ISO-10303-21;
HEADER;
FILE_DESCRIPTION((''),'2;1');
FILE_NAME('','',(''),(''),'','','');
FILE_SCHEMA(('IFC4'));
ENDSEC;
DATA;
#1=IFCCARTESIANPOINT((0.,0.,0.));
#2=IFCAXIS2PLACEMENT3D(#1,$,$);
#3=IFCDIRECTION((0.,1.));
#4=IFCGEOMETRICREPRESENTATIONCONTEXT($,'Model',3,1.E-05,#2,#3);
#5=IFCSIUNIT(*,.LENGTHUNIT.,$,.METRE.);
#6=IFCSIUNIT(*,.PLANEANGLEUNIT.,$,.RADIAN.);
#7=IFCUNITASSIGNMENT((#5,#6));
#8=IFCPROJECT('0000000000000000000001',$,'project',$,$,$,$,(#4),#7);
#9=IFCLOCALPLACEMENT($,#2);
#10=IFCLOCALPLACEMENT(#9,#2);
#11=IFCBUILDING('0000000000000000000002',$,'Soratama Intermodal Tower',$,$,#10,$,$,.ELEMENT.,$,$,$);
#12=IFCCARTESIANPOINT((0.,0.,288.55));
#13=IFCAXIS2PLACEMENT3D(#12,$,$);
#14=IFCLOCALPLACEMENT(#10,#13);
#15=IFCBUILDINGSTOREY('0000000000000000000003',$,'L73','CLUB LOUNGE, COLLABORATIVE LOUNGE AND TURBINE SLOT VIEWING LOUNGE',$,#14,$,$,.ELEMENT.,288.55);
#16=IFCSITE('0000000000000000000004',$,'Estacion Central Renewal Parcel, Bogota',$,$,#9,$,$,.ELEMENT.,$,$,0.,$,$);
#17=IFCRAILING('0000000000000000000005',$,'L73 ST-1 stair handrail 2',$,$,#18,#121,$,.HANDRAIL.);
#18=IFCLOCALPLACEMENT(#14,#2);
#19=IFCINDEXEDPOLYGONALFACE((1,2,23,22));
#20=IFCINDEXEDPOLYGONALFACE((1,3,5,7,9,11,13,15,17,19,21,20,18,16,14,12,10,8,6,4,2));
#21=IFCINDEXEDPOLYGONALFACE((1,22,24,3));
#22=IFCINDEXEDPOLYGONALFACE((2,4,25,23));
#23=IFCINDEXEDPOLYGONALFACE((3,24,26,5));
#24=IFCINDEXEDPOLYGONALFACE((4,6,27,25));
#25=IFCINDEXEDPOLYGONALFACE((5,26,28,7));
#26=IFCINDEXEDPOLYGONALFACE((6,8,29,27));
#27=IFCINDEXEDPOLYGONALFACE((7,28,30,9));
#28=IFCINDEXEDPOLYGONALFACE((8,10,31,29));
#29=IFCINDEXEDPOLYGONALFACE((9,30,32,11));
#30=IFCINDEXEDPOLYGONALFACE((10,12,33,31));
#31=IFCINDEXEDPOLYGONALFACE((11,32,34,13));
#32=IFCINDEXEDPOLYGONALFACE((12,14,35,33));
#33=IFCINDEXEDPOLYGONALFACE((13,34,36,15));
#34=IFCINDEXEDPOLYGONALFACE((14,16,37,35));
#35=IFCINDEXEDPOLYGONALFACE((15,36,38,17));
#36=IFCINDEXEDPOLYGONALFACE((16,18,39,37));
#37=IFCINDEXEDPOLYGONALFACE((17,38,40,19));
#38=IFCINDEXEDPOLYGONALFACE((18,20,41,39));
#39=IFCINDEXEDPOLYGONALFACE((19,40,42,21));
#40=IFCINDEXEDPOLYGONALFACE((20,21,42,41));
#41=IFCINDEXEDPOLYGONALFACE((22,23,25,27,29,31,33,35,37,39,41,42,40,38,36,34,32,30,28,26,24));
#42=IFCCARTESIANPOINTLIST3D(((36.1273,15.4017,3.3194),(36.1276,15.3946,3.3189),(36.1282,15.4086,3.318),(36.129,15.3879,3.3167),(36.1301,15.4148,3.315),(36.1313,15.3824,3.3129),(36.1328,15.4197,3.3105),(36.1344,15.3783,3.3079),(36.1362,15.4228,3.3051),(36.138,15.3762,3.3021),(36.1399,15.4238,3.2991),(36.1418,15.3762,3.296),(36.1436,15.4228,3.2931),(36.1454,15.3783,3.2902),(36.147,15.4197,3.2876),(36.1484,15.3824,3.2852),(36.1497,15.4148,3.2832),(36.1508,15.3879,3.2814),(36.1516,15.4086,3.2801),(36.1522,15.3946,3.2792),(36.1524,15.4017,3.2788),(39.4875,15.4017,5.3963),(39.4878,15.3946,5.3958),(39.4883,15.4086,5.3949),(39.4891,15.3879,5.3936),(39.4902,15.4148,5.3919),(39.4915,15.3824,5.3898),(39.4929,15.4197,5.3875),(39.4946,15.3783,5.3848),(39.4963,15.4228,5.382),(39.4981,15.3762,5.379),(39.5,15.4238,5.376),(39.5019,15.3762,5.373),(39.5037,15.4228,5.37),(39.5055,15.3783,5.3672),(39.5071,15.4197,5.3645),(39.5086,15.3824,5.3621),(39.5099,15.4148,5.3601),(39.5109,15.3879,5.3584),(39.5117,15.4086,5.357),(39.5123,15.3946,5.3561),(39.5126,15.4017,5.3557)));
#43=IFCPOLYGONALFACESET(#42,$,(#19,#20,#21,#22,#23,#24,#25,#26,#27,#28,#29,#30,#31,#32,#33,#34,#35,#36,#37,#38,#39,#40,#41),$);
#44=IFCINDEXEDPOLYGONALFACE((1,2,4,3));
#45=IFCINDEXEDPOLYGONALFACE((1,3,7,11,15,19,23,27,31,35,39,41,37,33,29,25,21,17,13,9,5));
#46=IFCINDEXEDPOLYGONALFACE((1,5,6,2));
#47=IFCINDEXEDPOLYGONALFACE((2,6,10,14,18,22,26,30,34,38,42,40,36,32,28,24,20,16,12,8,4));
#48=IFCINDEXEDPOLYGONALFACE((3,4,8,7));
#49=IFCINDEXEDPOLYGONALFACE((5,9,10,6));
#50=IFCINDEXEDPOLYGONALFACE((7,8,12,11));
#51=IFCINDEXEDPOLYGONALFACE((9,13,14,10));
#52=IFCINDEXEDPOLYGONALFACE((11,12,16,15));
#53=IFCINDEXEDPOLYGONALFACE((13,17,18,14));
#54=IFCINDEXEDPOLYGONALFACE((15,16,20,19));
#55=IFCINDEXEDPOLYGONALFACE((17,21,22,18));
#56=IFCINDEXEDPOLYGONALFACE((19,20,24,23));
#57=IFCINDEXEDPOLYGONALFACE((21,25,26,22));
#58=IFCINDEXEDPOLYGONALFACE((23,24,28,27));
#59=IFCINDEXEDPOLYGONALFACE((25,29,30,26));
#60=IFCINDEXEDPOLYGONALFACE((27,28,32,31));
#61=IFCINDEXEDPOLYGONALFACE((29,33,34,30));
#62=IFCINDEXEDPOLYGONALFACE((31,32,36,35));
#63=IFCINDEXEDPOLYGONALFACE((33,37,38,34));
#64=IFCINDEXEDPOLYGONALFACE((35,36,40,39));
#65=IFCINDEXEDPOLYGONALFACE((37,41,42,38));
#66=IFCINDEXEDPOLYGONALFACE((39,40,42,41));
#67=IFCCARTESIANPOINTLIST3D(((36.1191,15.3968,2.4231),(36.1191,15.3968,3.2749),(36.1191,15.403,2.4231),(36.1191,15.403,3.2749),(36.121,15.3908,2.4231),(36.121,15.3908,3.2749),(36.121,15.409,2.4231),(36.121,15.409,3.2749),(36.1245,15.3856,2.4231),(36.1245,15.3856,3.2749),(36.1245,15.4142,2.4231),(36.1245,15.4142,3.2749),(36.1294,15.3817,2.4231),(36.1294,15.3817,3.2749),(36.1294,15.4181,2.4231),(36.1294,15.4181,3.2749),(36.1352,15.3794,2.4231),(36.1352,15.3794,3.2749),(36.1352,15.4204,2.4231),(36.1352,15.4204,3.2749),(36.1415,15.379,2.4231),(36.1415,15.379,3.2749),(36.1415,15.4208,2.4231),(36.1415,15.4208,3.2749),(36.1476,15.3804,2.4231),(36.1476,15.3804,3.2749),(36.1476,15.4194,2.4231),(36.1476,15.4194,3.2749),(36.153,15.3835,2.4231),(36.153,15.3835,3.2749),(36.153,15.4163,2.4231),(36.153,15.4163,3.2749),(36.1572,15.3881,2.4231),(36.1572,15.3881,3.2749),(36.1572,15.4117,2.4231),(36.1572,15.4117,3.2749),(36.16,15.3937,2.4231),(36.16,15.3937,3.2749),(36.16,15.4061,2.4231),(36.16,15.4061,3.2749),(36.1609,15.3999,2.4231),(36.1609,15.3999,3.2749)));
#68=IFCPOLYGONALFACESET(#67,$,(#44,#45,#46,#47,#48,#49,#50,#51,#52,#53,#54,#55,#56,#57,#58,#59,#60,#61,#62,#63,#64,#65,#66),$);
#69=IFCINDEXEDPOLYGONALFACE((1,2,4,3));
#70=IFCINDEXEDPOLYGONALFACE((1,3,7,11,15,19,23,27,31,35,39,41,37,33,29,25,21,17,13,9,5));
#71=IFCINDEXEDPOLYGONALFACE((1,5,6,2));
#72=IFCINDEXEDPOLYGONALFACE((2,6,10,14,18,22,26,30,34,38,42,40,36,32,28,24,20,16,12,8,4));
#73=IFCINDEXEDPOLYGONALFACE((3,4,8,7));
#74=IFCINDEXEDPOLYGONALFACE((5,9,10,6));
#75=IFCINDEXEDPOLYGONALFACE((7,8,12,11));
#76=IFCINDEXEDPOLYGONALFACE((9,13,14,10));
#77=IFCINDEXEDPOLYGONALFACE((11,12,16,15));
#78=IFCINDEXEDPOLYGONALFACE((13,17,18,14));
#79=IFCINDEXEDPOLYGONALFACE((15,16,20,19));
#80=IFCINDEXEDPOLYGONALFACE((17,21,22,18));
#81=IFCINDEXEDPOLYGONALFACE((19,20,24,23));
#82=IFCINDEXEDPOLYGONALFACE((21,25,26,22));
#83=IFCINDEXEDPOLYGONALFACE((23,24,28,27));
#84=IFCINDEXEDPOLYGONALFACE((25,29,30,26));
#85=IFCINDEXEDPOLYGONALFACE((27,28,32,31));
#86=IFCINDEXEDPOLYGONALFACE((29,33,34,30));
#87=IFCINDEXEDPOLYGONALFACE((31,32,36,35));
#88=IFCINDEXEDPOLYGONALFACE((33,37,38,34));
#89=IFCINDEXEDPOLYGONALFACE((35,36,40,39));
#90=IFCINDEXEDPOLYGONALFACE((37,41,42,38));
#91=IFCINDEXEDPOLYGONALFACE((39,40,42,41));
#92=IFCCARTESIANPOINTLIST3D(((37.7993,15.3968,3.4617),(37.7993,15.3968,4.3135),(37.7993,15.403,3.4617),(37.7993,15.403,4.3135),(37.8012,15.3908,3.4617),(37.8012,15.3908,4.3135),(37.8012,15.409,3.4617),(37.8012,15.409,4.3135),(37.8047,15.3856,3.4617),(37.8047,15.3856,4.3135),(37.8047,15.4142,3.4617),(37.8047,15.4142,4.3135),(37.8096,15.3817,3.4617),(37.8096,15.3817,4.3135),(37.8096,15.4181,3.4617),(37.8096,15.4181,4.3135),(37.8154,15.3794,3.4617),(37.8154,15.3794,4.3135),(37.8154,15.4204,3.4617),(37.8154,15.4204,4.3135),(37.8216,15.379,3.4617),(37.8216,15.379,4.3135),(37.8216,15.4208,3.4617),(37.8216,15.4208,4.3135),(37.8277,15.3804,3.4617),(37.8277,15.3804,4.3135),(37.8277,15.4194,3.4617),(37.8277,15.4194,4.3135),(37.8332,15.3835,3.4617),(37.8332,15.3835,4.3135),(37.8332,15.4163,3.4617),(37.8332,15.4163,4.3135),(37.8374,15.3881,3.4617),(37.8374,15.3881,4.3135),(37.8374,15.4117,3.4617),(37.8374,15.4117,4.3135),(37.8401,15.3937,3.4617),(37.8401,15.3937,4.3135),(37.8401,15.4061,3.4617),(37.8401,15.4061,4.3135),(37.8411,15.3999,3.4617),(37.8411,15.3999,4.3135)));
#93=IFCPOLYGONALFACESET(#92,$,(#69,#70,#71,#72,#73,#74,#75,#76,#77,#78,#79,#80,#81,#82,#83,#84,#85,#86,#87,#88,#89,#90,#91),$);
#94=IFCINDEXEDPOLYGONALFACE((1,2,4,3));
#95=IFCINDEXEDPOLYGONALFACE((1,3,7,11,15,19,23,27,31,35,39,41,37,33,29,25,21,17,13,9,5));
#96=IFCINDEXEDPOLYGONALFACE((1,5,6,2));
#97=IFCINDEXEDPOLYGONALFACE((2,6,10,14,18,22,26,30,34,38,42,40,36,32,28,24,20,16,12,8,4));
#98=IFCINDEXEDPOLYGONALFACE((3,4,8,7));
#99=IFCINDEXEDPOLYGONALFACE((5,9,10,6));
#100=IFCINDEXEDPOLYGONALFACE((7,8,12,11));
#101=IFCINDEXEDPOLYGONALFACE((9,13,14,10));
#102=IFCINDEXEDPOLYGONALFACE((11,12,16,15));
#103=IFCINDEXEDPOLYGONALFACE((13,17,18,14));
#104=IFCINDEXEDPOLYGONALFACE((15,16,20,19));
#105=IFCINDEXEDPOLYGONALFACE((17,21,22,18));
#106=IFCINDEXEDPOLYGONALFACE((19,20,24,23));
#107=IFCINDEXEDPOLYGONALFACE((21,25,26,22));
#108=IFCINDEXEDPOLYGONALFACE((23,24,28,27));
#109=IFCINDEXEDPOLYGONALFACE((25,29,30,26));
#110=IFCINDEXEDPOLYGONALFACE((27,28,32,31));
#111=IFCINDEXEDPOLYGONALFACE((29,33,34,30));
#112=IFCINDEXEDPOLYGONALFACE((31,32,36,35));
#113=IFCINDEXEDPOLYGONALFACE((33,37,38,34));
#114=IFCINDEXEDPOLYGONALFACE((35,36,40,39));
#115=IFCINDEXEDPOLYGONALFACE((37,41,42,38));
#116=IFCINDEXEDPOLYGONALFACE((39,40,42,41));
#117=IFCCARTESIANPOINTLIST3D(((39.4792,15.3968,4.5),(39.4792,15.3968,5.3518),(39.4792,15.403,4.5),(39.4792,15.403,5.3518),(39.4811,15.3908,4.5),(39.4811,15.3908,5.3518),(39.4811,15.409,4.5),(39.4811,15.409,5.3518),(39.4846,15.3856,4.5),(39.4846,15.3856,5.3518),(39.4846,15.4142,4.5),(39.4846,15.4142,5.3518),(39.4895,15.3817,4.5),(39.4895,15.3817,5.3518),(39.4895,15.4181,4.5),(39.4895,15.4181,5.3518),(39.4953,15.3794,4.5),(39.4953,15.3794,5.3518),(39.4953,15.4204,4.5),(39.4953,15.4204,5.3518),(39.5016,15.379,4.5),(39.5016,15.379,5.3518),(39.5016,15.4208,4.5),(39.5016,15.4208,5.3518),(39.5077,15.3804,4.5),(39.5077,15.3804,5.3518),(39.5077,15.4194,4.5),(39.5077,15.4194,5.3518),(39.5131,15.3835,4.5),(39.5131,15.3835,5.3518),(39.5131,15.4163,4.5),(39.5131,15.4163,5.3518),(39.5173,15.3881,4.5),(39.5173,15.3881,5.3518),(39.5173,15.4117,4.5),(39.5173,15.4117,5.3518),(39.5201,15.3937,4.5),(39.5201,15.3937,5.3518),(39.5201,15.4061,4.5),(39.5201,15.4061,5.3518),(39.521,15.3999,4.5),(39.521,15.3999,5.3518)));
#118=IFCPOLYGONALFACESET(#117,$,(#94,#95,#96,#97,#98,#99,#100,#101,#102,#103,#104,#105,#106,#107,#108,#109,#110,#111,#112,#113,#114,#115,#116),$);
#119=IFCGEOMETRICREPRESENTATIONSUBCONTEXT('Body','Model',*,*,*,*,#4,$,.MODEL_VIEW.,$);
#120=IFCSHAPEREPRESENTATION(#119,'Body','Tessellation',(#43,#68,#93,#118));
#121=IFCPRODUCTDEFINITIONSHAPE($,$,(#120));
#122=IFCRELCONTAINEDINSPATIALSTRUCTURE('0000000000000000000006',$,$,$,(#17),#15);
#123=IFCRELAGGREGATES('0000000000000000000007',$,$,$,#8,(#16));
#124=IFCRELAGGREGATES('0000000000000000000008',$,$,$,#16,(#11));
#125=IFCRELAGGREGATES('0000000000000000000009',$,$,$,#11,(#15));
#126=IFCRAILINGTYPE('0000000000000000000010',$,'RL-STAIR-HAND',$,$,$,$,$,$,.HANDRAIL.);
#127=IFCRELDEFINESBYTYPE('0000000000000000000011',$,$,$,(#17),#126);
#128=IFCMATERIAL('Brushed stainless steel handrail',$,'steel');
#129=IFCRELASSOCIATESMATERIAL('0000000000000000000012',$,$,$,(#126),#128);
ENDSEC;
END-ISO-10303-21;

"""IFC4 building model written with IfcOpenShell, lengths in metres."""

from ifc_helpers import new_model, si_unit, direction, frame, origin, origin_2d, place, context, subcontext, project, spatial, circle, extrude, material, type_object, element, save


model = new_model("IFC4")

# Units and contexts
model_context = context("Model", 3, precision=1e-05, world=origin(), true_north=direction((0.0, 1.0)))
body_context = subcontext(model_context, "Body", "Model", "MODEL_VIEW")
ifc_project = project(units=[si_unit("LENGTHUNIT", "METRE"), si_unit("PLANEANGLEUNIT", "RADIAN")], contexts=[model_context])

# Site, building, storey
site_placement = place(None, origin())
site = spatial("IfcSite", under=ifc_project, at=site_placement, Name="Estacion Central Renewal Parcel, Bogota", CompositionType="ELEMENT", RefElevation=0.0)
building_placement = place(site_placement, origin())
building = spatial("IfcBuilding", under=site, at=building_placement, Name="Soratama Intermodal Tower", CompositionType="ELEMENT")
storey_placement = place(building_placement, frame((0.0, 0.0, 288.55)))
storey = spatial("IfcBuildingStorey", under=building, at=storey_placement, Name="L73", Description="CLUB LOUNGE, COLLABORATIVE LOUNGE AND TURBINE SLOT VIEWING LOUNGE", CompositionType="ELEMENT", Elevation=288.55)

# Railing
ifc_material_1 = material(Name="Brushed stainless steel handrail", Category="steel")
railing_type_1 = type_object("IfcRailingType", Name="RL-STAIR-HAND", PredefinedType="HANDRAIL", material=ifc_material_1)
railing_1_placement = place(storey_placement, frame((36.1399, 15.3999, 2.4231)))
element("IfcRailing", 1, at=railing_1_placement, inside=storey, type_object=railing_type_1, Name="L73 ST-1 stair handrail 2", PredefinedType="HANDRAIL", context=body_context, shape_type="SweptSolid", body=[
    extrude(circle(Radius=0.0239, at=origin_2d()), frame((0.0, 0.0, 0.876), z_axis=(0.850623, 0.0, 0.525776), x_axis=(0.0, 1.0, 0.0)), (0.0, 0.0, 1.0), 3.9502),
    extrude(circle(Radius=0.021, at=origin_2d()), origin(), (0.0, 0.0, 1.0), 0.8518),
    extrude(circle(Radius=0.021, at=origin_2d()), frame((1.6802, 0.0, 1.0386)), (0.0, 0.0, 1.0), 0.8518),
    extrude(circle(Radius=0.021, at=origin_2d()), frame((3.3601, 0.0, 2.0769)), (0.0, 0.0, 1.0), 0.8518),
])

save(model, "model.ifc")
